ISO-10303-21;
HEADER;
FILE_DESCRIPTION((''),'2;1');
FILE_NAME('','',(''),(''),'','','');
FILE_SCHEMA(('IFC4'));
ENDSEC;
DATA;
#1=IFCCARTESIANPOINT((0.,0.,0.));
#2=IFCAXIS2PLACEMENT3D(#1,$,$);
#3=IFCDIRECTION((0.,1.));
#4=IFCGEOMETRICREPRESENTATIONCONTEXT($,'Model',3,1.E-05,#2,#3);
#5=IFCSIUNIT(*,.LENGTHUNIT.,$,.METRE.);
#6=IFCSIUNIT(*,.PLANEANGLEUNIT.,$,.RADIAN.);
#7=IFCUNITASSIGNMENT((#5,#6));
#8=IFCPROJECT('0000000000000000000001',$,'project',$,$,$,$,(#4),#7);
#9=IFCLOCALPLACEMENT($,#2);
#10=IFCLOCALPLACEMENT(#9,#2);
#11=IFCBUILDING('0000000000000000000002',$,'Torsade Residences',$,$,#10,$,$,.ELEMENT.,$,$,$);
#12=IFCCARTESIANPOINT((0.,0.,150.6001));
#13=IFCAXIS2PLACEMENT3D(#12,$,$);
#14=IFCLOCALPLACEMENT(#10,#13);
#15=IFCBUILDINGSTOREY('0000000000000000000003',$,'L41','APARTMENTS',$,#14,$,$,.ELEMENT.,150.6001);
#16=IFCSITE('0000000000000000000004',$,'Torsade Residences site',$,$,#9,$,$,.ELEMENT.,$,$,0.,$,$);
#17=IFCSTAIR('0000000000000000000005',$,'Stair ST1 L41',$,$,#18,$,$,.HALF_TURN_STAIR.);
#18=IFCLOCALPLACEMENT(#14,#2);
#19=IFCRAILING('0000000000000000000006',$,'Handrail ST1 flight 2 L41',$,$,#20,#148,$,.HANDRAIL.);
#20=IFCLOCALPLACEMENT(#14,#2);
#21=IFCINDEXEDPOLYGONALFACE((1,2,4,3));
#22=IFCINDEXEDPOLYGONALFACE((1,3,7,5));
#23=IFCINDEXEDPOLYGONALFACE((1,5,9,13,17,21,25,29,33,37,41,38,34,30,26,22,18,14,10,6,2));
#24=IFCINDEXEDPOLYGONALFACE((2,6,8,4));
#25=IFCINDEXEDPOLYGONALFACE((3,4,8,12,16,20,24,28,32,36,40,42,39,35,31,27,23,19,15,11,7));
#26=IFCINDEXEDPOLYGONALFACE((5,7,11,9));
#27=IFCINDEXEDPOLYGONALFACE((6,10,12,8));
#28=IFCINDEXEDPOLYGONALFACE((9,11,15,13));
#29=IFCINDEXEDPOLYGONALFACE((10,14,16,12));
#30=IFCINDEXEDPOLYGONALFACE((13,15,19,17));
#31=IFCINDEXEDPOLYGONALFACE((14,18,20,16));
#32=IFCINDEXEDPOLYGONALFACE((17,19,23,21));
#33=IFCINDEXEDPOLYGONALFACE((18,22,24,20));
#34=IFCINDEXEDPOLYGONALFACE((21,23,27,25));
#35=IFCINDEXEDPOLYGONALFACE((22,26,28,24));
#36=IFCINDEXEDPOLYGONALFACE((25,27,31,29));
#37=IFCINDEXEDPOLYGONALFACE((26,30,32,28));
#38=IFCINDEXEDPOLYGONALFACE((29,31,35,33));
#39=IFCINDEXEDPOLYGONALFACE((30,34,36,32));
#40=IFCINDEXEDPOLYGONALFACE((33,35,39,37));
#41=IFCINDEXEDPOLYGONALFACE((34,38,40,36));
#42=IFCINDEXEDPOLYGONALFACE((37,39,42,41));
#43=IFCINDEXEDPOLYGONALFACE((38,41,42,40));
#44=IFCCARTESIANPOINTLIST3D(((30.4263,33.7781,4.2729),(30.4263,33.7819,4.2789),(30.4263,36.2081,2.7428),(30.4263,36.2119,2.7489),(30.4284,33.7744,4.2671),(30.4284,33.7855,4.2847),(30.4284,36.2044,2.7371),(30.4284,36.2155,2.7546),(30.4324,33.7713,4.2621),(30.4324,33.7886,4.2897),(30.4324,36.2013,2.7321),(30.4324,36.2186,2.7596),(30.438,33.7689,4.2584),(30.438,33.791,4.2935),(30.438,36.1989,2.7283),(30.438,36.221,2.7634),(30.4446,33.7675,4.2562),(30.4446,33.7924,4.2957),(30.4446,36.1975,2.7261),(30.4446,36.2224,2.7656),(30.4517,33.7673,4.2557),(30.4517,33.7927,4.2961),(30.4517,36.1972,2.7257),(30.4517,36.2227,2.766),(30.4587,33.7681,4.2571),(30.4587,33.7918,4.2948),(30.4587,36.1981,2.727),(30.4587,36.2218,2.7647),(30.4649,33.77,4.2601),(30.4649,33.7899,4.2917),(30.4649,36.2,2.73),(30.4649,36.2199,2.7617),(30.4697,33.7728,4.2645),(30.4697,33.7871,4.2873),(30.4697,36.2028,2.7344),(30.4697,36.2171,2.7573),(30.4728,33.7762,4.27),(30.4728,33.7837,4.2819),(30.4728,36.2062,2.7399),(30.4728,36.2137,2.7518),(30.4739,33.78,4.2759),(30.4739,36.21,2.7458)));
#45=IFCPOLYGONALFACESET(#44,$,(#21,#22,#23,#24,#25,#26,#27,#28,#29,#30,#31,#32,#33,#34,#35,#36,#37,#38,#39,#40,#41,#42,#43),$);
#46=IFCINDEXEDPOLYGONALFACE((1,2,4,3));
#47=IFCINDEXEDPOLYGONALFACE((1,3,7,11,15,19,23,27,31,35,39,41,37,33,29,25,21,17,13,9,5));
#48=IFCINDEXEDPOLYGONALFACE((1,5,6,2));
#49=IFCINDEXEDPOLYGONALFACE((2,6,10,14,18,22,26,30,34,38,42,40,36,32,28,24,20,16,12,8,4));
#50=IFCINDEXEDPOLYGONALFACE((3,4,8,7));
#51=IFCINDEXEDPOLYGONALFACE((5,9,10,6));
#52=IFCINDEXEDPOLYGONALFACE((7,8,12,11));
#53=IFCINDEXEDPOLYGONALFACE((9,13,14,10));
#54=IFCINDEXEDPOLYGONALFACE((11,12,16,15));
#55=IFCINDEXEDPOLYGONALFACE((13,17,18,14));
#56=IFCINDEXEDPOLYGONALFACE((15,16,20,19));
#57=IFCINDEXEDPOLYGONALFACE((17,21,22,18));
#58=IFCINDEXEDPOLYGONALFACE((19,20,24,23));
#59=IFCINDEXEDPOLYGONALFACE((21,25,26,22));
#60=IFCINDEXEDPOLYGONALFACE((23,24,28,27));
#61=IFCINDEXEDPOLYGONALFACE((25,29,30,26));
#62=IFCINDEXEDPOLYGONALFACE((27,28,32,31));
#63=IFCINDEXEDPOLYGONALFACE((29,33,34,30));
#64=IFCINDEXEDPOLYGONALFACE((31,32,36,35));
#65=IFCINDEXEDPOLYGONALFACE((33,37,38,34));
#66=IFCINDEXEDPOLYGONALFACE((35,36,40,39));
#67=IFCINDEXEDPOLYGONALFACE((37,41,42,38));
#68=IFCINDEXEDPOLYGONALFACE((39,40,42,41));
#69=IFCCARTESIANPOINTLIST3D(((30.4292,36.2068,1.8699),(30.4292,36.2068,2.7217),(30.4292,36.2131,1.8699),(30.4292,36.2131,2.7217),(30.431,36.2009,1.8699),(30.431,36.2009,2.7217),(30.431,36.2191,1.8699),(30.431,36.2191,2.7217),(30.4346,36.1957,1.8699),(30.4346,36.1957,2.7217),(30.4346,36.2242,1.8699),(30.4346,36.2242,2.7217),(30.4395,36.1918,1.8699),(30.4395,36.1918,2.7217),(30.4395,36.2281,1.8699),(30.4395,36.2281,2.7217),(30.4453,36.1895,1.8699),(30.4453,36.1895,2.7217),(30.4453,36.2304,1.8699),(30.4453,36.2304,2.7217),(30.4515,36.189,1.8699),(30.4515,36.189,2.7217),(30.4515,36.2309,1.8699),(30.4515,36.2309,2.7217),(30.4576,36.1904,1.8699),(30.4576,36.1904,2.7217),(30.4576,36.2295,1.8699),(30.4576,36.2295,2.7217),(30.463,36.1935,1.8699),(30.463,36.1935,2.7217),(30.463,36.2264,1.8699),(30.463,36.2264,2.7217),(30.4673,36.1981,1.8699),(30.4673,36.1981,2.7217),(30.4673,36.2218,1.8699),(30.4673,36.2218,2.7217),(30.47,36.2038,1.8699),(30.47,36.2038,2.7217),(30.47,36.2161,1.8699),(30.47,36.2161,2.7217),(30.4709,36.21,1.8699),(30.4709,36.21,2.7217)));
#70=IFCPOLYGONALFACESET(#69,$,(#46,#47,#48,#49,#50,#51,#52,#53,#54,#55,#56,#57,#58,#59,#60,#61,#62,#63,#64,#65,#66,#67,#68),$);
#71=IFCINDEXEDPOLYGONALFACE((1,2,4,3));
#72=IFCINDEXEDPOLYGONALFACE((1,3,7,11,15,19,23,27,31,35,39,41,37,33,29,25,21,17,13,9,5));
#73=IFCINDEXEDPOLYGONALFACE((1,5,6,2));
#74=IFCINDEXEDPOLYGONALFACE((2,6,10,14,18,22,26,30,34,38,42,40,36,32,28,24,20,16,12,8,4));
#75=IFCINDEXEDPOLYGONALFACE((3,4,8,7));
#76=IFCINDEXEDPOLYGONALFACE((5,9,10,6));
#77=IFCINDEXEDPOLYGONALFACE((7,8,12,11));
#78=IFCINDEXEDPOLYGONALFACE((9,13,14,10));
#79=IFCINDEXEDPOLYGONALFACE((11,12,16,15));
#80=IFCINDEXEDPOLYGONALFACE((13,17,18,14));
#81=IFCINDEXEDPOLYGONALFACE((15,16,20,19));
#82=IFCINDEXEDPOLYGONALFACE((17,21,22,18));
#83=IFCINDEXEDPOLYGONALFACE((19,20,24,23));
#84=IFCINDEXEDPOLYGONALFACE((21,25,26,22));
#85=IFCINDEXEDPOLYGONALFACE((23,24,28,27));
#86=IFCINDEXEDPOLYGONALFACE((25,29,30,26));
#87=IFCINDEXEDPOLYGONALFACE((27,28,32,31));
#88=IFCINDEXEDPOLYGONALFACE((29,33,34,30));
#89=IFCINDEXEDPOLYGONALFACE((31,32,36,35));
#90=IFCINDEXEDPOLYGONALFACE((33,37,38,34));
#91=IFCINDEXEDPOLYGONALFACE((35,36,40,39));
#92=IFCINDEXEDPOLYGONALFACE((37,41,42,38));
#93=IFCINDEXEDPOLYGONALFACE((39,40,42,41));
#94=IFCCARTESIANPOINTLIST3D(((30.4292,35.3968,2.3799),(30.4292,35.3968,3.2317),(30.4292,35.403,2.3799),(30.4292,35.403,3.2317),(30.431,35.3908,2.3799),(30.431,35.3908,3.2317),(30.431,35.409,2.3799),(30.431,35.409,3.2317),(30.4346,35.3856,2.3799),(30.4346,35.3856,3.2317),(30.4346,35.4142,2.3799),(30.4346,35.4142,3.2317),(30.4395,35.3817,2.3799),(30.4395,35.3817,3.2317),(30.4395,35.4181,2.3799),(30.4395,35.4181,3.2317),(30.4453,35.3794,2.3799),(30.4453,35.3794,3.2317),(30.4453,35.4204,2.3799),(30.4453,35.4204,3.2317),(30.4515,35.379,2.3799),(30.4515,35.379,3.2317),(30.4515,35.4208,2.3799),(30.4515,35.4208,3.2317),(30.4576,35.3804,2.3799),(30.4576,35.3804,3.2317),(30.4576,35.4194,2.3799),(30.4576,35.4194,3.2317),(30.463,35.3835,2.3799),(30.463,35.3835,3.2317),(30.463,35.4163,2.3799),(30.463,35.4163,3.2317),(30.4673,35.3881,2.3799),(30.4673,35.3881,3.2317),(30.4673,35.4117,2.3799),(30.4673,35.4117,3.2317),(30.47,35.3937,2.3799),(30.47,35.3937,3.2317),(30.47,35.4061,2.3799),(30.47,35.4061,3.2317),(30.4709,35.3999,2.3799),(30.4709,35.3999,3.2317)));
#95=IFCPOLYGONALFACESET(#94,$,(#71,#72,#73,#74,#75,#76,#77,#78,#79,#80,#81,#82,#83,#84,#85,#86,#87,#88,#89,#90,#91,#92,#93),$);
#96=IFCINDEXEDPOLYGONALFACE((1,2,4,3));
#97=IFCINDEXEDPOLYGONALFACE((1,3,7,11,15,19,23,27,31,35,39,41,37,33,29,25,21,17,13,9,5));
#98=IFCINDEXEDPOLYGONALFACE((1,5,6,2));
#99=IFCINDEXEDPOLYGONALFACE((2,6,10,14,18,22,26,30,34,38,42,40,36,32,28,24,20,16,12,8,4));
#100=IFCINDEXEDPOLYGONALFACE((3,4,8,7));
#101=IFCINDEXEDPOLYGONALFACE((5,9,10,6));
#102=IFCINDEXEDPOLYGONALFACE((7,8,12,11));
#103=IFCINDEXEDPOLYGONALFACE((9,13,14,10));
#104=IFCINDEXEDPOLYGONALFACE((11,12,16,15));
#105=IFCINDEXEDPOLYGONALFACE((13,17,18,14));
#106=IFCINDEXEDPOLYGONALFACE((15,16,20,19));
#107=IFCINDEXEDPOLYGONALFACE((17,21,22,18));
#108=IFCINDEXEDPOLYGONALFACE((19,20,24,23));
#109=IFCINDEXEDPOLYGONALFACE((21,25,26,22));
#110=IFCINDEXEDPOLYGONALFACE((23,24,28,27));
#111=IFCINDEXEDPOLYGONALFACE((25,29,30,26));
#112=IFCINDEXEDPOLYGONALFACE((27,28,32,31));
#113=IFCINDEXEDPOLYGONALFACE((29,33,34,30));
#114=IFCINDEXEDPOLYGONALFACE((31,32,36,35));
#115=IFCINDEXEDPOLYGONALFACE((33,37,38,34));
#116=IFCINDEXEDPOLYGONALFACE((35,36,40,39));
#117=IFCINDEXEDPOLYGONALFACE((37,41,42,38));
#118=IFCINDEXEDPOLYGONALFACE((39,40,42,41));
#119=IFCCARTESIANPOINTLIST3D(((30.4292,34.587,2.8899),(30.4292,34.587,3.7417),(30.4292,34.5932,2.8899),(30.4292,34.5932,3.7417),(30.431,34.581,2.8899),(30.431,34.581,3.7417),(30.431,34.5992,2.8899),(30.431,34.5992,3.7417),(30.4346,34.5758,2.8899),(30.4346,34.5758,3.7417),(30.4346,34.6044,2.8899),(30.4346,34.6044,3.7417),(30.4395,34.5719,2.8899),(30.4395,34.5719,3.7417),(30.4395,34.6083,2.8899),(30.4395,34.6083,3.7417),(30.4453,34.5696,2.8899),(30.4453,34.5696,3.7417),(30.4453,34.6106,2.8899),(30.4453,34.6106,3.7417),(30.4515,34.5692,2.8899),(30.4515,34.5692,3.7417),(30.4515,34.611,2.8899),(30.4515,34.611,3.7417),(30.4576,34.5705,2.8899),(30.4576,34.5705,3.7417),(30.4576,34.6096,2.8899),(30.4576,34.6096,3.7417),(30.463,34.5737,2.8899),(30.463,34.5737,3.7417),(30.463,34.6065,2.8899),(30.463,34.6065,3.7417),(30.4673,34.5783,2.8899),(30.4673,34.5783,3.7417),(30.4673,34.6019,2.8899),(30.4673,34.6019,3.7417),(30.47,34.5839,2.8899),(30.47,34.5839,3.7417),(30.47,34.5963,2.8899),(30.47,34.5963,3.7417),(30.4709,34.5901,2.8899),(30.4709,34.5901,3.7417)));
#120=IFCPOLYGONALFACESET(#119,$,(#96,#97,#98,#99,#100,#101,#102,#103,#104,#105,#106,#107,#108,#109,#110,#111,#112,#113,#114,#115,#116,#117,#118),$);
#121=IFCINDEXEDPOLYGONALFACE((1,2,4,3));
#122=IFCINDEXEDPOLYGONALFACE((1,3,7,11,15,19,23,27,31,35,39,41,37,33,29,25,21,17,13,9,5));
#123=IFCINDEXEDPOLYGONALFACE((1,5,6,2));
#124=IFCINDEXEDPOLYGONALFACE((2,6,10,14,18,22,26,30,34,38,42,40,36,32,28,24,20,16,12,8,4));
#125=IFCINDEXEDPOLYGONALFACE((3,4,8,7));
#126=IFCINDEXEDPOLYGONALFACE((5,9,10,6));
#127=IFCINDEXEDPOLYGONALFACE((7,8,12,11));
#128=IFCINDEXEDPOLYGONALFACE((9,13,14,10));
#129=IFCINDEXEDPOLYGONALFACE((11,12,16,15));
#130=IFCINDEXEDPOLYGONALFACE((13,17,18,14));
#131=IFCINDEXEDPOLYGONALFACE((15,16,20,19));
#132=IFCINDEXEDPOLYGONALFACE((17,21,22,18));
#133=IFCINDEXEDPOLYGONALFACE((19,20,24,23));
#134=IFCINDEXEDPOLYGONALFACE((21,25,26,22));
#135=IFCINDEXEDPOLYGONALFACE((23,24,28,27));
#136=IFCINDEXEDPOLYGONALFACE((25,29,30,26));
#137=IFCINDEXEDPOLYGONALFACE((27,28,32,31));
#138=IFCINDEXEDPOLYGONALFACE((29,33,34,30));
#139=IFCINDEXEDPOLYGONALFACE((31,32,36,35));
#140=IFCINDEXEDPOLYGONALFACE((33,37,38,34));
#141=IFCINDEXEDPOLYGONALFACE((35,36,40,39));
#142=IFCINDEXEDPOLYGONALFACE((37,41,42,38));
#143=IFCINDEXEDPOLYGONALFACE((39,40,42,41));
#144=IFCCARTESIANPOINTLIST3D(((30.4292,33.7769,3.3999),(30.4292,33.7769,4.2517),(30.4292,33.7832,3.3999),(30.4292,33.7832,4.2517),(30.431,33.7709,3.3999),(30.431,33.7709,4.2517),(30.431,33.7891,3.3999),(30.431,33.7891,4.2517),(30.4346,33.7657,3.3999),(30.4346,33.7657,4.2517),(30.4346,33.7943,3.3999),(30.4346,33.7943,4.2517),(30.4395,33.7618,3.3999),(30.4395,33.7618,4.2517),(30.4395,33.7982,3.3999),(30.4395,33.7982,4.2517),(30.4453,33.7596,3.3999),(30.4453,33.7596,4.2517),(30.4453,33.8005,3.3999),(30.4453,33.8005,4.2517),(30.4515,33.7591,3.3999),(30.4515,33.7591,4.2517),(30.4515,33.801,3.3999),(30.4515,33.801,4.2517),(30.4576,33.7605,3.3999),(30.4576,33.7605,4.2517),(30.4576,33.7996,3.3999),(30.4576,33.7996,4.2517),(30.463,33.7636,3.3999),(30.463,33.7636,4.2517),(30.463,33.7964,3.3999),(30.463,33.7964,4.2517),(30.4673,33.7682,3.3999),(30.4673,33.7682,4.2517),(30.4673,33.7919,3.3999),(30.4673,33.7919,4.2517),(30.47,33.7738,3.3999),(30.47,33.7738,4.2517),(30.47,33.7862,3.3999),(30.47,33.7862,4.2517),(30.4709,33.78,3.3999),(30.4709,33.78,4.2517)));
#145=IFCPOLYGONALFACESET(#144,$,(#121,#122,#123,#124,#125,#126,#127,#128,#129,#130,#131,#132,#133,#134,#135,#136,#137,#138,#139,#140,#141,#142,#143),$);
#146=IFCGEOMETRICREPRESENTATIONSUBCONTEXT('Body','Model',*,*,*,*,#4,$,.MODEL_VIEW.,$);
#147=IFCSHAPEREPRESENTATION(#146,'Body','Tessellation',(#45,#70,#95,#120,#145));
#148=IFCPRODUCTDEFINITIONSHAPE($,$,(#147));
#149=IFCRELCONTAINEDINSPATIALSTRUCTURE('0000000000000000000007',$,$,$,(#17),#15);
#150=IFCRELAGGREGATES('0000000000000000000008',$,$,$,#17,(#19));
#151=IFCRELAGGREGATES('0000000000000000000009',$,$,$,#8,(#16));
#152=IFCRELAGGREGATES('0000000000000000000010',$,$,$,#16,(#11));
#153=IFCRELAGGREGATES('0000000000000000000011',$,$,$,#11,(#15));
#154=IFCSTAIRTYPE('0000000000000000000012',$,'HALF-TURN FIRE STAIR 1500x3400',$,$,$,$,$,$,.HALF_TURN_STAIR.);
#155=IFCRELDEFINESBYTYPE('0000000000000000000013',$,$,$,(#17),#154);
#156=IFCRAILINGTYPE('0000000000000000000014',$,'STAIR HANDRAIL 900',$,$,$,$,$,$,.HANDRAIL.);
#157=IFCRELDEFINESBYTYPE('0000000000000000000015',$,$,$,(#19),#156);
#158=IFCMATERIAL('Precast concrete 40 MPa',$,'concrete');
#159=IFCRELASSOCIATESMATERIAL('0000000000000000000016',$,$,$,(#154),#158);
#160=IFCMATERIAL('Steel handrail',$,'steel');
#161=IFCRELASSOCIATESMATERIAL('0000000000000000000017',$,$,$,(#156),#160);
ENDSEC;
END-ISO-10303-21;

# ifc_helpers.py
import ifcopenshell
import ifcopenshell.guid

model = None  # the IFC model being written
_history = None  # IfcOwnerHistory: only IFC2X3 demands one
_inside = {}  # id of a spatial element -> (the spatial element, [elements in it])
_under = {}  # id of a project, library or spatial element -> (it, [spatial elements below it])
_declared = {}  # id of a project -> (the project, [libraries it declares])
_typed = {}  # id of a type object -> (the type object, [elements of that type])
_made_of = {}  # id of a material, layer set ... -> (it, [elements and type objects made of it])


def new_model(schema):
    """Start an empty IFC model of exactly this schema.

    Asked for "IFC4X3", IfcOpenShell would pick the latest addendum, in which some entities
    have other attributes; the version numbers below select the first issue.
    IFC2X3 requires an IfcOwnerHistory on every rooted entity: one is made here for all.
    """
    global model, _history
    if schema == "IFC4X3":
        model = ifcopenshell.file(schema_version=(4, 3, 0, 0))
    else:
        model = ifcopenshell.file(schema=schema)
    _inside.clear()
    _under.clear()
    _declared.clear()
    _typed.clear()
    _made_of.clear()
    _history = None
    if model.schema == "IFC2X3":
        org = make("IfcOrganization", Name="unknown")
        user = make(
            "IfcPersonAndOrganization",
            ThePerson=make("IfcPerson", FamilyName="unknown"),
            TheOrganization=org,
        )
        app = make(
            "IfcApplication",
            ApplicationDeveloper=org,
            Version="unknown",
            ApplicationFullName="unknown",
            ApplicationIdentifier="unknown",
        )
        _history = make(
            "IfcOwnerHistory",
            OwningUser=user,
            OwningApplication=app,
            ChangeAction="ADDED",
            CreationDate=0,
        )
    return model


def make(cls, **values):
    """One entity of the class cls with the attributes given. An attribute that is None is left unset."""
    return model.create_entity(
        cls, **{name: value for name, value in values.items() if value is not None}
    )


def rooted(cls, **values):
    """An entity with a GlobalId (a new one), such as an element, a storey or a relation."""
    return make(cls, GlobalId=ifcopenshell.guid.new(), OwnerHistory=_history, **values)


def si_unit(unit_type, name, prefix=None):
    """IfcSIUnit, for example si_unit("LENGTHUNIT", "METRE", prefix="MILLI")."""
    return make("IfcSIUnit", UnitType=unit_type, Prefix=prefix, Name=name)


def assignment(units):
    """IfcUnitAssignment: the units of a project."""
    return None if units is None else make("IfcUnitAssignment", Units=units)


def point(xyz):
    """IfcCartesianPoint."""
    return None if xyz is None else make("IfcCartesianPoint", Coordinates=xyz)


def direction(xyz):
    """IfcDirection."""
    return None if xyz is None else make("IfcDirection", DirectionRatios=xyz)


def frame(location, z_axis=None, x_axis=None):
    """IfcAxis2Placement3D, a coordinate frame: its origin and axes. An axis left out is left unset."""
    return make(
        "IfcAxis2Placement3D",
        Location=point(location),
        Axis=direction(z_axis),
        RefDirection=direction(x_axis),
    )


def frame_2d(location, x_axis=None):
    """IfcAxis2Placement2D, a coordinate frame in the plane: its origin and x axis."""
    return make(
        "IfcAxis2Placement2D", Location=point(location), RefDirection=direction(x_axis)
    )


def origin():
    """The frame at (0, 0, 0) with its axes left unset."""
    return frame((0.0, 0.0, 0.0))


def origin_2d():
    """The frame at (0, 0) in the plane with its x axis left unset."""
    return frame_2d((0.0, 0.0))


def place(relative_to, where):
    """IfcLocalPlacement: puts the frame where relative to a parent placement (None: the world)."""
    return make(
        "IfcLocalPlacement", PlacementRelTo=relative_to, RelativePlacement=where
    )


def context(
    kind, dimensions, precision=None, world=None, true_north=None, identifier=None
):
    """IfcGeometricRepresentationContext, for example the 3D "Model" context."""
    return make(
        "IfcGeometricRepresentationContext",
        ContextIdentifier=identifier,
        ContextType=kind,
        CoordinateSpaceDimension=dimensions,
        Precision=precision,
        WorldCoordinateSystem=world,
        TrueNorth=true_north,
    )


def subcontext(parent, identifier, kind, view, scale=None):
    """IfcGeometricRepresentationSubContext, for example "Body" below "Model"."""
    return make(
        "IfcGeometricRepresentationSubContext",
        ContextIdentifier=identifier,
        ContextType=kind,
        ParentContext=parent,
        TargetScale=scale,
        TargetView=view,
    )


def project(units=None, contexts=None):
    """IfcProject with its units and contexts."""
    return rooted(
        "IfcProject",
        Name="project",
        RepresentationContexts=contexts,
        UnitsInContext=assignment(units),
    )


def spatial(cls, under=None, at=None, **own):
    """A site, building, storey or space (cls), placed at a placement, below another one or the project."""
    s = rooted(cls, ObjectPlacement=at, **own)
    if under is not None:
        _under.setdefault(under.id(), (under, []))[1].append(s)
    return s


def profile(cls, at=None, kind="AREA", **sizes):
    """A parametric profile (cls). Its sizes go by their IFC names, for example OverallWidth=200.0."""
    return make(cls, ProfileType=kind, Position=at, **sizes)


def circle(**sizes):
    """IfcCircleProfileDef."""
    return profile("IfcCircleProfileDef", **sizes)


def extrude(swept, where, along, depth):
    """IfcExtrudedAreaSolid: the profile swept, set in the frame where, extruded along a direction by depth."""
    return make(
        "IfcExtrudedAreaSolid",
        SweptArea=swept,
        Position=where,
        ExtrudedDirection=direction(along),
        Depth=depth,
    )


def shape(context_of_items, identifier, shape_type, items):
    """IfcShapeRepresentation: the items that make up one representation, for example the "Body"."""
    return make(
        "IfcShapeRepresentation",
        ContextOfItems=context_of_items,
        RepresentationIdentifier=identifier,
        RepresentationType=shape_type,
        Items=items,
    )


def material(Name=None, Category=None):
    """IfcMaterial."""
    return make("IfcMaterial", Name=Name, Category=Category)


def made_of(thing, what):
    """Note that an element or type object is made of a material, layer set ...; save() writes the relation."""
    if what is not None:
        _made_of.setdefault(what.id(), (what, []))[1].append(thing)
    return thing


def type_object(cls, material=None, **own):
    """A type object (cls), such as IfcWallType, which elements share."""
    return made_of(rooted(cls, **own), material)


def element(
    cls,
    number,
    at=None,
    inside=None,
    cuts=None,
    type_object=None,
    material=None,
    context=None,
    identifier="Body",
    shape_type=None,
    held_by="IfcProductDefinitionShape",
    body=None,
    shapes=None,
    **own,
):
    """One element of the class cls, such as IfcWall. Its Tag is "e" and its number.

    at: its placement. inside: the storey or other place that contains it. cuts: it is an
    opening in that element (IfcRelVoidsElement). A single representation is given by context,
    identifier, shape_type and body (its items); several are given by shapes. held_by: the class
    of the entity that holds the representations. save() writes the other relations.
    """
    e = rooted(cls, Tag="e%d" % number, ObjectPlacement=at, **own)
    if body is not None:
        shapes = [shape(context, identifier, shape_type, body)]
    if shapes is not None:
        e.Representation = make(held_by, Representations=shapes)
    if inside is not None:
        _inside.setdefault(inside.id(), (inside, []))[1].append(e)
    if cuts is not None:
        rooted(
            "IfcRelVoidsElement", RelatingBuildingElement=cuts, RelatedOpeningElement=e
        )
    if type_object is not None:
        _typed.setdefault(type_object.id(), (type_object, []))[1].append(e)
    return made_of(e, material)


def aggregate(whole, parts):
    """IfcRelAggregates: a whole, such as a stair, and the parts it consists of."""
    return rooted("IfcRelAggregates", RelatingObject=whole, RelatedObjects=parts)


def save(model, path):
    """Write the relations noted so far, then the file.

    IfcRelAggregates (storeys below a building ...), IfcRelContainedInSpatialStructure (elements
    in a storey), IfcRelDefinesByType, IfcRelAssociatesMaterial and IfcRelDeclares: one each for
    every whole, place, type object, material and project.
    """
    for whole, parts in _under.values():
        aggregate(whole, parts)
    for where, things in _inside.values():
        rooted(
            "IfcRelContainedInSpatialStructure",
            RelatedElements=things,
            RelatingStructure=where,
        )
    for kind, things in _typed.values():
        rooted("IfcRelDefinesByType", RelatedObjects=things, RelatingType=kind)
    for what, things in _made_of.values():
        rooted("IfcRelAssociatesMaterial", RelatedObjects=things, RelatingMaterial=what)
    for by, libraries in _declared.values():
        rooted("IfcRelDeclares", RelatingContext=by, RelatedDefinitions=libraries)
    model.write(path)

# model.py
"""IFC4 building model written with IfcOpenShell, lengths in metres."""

from ifc_helpers import new_model, si_unit, direction, frame, origin, origin_2d, place, context, subcontext, project, spatial, circle, extrude, material, type_object, element, aggregate, save


model = new_model("IFC4")

# Units and contexts
model_context = context("Model", 3, precision=1e-05, world=origin(), true_north=direction((0.0, 1.0)))
body_context = subcontext(model_context, "Body", "Model", "MODEL_VIEW")
ifc_project = project(units=[si_unit("LENGTHUNIT", "METRE"), si_unit("PLANEANGLEUNIT", "RADIAN")], contexts=[model_context])

# Site, building, storey
site_placement = place(None, origin())
site = spatial("IfcSite", under=ifc_project, at=site_placement, Name="Torsade Residences site", CompositionType="ELEMENT", RefElevation=0.0)
building_placement = place(site_placement, origin())
building = spatial("IfcBuilding", under=site, at=building_placement, Name="Torsade Residences", CompositionType="ELEMENT")
storey_placement = place(building_placement, frame((0.0, 0.0, 150.6001)))
storey = spatial("IfcBuildingStorey", under=building, at=storey_placement, Name="L41", Description="APARTMENTS", CompositionType="ELEMENT", Elevation=150.6001)

# Stair, railing
ifc_material_1 = material(Name="Precast concrete 40 MPa", Category="concrete")
stair_type = type_object("IfcStairType", Name="HALF-TURN FIRE STAIR 1500x3400", PredefinedType="HALF_TURN_STAIR", material=ifc_material_1)
stair_placement = place(storey_placement, origin())
stair = element("IfcStair", 1, at=stair_placement, inside=storey, type_object=stair_type, Name="Stair ST1 L41", PredefinedType="HALF_TURN_STAIR")
ifc_material_2 = material(Name="Steel handrail", Category="steel")
railing_type = type_object("IfcRailingType", Name="STAIR HANDRAIL 900", PredefinedType="HANDRAIL", material=ifc_material_2)
railing_1_placement = place(storey_placement, frame((30.45, 36.21, 1.8699)))
railing_1 = element("IfcRailing", 2, at=railing_1_placement, type_object=railing_type, Name="Handrail ST1 flight 2 L41", PredefinedType="HANDRAIL", context=body_context, shape_type="SweptSolid", body=[
    extrude(circle(Radius=0.0239, at=origin_2d()), frame((0.0, 0.0, 0.876), z_axis=(0.0, -0.846221, 0.532831), x_axis=(1.0, 0.0, 0.0)), (0.0, 0.0, 1.0), 2.8716),
    extrude(circle(Radius=0.021, at=origin_2d()), origin(), (0.0, 0.0, 1.0), 0.8518),
    extrude(circle(Radius=0.021, at=origin_2d()), frame((0.0, -0.8101, 0.51)), (0.0, 0.0, 1.0), 0.8518),
    extrude(circle(Radius=0.021, at=origin_2d()), frame((0.0, -1.6199, 1.02)), (0.0, 0.0, 1.0), 0.8518),
    extrude(circle(Radius=0.021, at=origin_2d()), frame((0.0, -2.4299, 1.53)), (0.0, 0.0, 1.0), 0.8518),
])
aggregate(stair, [railing_1])

save(model, "model.ifc")
